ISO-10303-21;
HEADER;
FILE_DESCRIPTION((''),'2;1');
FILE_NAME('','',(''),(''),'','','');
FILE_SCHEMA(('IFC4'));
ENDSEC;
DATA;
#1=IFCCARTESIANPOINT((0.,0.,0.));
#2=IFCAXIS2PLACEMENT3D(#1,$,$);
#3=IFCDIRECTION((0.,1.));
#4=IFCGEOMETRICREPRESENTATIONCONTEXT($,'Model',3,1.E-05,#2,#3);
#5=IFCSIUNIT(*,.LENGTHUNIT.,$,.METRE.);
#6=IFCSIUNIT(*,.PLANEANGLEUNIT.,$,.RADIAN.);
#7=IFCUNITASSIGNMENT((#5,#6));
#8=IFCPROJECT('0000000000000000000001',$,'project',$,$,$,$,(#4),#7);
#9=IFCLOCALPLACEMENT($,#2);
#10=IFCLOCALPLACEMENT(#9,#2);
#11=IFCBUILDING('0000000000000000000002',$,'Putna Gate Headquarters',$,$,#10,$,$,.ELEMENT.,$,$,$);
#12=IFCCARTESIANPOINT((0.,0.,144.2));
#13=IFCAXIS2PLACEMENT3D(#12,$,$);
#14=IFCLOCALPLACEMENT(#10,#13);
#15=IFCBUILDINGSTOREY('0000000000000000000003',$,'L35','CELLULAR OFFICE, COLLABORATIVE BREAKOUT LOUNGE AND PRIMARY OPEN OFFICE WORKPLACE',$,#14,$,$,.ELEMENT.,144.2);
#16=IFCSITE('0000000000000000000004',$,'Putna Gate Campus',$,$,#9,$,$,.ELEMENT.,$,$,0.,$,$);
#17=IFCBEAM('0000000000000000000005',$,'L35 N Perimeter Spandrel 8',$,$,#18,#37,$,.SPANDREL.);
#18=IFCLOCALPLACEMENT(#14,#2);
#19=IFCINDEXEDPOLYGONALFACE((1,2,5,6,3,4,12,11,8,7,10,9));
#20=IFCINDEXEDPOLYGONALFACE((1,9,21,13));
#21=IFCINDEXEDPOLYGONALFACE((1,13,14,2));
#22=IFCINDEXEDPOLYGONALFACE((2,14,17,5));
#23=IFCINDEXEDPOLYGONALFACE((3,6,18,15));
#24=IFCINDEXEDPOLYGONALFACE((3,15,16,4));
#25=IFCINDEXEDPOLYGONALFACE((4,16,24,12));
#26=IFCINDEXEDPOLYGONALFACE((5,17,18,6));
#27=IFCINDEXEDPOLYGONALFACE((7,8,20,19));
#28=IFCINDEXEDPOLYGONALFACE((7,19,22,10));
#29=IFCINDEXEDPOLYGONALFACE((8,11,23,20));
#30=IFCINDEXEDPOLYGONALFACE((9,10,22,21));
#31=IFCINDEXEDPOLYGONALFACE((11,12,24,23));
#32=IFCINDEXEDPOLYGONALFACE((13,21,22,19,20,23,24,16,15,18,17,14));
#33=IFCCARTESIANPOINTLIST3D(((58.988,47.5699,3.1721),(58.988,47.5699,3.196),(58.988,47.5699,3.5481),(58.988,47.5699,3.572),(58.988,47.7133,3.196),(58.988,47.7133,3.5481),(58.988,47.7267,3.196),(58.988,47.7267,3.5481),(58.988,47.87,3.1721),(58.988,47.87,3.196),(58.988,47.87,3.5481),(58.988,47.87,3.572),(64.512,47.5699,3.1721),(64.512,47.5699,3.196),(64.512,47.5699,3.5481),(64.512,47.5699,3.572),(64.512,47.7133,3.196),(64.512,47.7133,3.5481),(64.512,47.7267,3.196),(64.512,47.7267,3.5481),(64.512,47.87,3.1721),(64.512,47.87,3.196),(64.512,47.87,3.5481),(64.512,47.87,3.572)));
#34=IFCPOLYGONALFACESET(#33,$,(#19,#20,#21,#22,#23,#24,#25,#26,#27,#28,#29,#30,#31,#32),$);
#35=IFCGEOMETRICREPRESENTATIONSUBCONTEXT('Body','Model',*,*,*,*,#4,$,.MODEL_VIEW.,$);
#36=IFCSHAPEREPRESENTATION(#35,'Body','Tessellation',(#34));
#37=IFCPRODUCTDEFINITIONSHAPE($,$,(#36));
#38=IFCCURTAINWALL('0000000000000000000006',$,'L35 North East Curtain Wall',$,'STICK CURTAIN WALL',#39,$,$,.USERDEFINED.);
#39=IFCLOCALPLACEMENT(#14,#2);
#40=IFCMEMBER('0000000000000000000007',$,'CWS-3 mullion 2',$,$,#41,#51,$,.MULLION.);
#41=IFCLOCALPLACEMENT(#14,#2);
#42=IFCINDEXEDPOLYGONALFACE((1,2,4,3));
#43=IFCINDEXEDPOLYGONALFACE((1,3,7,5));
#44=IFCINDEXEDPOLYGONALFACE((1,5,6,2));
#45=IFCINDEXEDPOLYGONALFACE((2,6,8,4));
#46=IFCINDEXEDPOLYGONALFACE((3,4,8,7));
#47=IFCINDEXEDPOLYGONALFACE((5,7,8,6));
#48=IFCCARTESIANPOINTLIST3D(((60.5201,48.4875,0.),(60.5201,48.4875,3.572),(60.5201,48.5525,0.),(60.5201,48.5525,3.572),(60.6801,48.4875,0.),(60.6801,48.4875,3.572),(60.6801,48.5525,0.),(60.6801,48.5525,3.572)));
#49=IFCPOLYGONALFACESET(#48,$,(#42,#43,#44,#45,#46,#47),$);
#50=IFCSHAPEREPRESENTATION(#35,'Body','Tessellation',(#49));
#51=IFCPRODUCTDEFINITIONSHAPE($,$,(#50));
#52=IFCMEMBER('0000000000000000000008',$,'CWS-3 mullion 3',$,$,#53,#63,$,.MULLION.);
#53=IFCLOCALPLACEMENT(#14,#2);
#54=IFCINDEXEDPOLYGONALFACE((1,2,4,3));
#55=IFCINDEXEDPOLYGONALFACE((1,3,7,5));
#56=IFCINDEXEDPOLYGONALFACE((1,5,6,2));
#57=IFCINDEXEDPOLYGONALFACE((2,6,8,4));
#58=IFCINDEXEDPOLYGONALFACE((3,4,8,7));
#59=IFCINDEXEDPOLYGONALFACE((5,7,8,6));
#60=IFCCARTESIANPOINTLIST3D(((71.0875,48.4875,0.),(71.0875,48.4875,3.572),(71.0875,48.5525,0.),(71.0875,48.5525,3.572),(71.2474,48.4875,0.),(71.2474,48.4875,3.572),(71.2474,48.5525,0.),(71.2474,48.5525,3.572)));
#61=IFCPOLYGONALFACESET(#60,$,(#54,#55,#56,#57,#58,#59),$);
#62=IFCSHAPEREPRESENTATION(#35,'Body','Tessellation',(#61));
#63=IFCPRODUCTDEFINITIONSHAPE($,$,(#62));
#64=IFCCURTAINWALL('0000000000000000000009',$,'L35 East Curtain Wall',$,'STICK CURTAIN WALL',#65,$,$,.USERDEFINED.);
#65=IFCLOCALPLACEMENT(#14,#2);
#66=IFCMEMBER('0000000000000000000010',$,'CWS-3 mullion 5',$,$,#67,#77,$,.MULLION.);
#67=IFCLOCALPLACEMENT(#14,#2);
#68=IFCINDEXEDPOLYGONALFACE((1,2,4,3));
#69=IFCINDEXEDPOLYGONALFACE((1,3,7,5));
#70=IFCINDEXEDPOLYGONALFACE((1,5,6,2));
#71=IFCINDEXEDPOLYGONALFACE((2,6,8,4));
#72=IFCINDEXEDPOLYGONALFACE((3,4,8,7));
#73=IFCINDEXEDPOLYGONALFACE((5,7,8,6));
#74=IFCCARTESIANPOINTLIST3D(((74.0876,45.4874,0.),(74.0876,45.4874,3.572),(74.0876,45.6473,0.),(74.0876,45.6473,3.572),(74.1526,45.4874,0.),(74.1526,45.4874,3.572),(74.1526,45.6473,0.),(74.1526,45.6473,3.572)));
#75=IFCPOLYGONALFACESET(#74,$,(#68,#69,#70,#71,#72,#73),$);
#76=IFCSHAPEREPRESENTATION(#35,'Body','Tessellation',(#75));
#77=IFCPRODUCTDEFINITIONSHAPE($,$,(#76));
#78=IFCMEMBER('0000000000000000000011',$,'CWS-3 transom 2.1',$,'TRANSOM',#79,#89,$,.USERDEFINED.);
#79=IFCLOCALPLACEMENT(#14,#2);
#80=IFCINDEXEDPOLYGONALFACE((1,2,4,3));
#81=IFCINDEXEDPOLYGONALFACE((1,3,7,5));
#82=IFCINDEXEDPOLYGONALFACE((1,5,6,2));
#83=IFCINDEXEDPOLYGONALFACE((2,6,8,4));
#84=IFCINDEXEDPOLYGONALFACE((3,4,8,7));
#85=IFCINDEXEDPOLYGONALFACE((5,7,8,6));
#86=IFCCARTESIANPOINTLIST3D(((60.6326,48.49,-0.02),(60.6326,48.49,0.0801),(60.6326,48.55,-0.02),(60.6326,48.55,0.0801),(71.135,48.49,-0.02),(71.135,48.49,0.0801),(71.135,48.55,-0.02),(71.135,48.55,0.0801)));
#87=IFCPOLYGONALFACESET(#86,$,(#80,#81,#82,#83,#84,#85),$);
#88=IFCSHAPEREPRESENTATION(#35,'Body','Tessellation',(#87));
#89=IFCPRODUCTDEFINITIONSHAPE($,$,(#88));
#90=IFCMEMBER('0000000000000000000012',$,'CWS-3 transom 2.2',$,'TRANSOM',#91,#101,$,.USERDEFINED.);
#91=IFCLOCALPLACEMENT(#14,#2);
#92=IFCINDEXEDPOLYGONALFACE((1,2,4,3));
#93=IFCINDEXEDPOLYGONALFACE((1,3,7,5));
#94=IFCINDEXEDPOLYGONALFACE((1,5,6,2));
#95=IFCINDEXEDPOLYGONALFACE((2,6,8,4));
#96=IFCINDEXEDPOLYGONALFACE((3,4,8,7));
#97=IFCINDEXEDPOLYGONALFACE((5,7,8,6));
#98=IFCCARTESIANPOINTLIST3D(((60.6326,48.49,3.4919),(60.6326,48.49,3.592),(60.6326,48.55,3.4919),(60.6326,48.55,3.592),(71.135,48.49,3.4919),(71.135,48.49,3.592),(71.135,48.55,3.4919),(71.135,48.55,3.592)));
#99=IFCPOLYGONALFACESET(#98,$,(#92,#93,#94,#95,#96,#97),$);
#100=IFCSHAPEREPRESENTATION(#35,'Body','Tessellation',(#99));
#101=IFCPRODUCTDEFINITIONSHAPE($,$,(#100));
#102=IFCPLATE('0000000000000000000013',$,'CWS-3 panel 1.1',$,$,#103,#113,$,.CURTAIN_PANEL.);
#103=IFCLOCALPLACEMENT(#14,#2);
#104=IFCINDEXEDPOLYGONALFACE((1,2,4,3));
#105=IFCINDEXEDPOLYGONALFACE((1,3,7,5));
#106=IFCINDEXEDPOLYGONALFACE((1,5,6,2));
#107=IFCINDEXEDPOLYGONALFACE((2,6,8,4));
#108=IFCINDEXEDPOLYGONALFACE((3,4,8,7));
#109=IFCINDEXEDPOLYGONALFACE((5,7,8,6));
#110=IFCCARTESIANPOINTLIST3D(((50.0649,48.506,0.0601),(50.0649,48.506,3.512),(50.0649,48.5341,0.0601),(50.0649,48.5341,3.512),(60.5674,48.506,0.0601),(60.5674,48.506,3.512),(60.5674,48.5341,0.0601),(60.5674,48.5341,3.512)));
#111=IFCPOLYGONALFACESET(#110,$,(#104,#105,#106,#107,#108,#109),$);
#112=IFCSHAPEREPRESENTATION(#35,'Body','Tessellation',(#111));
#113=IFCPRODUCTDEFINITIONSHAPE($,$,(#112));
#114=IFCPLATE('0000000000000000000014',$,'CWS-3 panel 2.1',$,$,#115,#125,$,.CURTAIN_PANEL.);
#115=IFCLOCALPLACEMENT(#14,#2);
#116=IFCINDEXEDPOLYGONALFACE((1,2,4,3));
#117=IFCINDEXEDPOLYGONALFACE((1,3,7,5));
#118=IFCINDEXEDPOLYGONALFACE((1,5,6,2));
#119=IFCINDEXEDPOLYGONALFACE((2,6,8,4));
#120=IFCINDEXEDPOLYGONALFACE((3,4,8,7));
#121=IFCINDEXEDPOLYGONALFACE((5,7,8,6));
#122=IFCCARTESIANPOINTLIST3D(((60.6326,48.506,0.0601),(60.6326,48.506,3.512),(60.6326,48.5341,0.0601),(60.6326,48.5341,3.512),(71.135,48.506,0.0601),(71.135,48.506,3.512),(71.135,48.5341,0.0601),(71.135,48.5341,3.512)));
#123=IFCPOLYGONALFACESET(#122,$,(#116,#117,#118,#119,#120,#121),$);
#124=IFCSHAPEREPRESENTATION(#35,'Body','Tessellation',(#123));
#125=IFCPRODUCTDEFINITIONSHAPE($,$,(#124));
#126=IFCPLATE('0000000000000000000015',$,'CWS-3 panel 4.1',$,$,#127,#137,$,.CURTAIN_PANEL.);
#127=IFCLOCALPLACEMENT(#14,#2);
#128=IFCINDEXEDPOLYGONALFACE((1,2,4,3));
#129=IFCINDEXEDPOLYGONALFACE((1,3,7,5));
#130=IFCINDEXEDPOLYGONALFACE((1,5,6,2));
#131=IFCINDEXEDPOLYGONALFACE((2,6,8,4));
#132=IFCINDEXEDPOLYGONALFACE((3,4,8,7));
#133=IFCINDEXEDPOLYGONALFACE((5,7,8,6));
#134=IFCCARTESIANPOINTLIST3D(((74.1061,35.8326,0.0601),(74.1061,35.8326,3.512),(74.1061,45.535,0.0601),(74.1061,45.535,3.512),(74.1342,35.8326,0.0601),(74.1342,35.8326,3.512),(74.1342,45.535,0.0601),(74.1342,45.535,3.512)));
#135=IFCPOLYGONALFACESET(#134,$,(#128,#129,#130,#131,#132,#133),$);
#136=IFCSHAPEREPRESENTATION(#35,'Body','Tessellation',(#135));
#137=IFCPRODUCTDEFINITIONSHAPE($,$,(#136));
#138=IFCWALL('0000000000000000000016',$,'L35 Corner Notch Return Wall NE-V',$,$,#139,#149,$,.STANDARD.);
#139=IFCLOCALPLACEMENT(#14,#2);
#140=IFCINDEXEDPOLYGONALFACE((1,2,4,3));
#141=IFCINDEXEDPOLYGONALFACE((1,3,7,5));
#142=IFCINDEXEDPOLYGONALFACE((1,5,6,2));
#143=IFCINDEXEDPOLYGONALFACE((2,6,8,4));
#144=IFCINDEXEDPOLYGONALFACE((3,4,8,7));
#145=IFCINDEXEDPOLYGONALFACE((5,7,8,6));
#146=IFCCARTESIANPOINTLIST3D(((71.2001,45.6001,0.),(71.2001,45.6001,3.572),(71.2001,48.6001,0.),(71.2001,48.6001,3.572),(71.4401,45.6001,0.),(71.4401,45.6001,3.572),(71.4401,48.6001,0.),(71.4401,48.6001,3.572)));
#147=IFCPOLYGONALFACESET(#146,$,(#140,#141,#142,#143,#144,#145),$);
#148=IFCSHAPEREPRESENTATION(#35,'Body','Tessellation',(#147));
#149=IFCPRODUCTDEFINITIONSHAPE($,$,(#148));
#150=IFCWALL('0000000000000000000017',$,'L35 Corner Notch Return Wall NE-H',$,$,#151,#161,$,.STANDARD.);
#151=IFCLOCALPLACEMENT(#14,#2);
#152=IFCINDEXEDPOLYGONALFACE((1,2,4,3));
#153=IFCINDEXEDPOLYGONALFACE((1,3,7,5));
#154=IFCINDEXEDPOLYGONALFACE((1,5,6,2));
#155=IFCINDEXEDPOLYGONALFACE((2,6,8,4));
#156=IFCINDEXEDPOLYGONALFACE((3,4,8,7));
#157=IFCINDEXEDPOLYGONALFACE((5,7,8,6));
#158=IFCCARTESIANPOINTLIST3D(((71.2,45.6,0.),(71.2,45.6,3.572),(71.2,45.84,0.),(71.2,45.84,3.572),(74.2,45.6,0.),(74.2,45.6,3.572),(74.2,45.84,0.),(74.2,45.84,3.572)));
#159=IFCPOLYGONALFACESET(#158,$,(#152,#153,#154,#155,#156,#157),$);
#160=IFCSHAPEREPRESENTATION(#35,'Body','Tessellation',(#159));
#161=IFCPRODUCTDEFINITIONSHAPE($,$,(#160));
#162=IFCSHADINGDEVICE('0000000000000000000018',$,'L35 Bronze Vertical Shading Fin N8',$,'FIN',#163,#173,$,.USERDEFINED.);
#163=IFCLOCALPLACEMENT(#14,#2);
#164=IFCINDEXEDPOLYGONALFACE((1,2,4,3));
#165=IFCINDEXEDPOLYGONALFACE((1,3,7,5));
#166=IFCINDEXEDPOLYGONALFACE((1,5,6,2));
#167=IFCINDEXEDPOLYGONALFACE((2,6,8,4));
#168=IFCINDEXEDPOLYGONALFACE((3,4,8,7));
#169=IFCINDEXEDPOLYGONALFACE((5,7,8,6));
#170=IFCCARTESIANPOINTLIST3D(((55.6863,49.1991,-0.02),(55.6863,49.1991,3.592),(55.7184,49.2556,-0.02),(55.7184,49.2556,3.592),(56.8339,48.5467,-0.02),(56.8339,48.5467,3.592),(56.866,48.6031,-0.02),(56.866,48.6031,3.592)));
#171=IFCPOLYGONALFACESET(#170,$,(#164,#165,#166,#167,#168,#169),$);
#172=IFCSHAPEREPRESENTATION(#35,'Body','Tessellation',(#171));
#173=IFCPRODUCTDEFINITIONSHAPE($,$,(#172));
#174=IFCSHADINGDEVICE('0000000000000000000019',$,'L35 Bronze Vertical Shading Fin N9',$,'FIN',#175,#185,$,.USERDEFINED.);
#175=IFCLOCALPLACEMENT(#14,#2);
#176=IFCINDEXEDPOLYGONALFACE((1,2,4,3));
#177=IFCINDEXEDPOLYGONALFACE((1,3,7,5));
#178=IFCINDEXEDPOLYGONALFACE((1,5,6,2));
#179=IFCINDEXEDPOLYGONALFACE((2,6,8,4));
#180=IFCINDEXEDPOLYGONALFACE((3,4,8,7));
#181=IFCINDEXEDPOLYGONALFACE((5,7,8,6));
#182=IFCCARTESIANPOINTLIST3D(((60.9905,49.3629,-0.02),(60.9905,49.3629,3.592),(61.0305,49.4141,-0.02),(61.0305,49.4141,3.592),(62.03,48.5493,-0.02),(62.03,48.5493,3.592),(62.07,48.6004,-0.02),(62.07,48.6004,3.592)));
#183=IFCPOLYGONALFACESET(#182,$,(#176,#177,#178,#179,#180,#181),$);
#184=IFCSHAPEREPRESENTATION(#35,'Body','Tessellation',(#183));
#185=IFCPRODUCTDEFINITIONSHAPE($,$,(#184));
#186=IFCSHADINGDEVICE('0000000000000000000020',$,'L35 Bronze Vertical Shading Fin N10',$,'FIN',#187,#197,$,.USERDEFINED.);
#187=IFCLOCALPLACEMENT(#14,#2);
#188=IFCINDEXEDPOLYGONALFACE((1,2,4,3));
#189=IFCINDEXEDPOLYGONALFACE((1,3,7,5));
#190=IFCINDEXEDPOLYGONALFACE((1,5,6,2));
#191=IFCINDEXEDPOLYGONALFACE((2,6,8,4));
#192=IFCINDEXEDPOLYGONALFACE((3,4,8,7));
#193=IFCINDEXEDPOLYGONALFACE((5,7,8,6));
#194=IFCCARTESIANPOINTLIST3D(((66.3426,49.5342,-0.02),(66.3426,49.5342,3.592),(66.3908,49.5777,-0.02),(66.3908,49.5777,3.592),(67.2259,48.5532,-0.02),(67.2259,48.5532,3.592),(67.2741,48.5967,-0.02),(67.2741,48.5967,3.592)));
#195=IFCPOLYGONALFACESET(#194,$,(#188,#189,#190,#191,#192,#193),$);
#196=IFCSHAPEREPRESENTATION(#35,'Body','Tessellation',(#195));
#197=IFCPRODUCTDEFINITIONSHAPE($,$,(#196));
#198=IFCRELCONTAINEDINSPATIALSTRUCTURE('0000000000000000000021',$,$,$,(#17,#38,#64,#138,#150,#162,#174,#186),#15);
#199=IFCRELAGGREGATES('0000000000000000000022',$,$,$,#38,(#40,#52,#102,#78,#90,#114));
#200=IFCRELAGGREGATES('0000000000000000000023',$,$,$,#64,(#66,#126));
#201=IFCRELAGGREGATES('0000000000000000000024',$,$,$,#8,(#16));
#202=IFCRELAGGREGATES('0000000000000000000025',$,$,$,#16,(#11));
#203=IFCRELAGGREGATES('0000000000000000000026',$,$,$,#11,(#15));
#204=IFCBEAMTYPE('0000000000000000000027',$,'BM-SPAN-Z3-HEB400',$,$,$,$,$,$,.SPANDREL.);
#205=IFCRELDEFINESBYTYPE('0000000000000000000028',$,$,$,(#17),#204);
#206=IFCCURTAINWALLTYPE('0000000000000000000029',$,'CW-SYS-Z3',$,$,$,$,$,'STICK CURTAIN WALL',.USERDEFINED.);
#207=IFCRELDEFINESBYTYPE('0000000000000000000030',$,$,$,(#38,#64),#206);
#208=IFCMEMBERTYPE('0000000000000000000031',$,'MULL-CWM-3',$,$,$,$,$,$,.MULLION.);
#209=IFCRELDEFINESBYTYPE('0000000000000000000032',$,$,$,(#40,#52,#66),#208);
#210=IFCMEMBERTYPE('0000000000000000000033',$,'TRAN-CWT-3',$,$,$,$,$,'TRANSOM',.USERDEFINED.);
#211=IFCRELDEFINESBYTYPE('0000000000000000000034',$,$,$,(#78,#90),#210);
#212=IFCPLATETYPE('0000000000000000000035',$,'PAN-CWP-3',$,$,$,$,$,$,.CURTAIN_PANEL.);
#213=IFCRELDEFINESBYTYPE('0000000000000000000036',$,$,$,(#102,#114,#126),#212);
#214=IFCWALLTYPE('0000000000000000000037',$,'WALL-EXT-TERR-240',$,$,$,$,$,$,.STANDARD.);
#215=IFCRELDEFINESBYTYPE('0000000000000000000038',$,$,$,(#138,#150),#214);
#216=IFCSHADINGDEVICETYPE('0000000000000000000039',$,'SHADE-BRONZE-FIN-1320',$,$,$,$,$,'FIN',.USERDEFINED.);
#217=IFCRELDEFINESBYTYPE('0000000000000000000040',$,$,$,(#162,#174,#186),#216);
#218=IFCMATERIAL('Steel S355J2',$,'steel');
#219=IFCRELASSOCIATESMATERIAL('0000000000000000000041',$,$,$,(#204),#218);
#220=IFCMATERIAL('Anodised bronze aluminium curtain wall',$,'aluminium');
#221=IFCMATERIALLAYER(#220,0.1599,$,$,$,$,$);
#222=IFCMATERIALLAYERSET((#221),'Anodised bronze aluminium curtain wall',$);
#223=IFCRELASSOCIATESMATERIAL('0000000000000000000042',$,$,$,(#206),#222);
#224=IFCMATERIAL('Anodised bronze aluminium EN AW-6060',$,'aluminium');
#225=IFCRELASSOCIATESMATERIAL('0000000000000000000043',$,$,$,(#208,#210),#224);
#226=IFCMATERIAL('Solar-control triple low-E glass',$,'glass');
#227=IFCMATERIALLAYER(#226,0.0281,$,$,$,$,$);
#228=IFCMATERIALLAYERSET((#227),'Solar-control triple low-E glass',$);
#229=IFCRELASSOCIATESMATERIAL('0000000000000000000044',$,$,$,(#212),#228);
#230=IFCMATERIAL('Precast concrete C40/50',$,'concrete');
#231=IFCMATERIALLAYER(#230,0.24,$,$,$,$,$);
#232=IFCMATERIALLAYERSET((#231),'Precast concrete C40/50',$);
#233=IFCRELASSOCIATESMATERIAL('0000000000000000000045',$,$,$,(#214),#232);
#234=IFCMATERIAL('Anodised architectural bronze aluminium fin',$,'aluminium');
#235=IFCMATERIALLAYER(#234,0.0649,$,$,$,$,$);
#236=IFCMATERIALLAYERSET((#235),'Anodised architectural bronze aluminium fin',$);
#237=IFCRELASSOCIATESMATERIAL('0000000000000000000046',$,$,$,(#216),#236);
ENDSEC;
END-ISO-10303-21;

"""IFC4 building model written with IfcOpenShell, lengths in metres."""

from ifc_helpers import new_model, si_unit, direction, frame, frame_2d, origin, origin_2d, place, context, subcontext, project, spatial, rectangle, i_section, extrude, material, layer, layer_set, material_profile, profile_set, type_object, element, aggregate, save


model = new_model("IFC4")

# Units and contexts
model_context = context("Model", 3, precision=1e-05, world=origin(), true_north=direction((0.0, 1.0)))
body_context = subcontext(model_context, "Body", "Model", "MODEL_VIEW")
ifc_project = project(units=[si_unit("LENGTHUNIT", "METRE"), si_unit("PLANEANGLEUNIT", "RADIAN")], contexts=[model_context])

# Site, building, storey
site_placement = place(None, origin())
site = spatial("IfcSite", under=ifc_project, at=site_placement, Name="Putna Gate Campus", CompositionType="ELEMENT", RefElevation=0.0)
building_placement = place(site_placement, origin())
building = spatial("IfcBuilding", under=site, at=building_placement, Name="Putna Gate Headquarters", CompositionType="ELEMENT")
storey_placement = place(building_placement, frame((0.0, 0.0, 144.2)))
storey = spatial("IfcBuildingStorey", under=building, at=storey_placement, Name="L35", Description="CELLULAR OFFICE, COLLABORATIVE BREAKOUT LOUNGE AND PRIMARY OPEN OFFICE WORKPLACE", CompositionType="ELEMENT", Elevation=144.2)

# Beam
ifc_material_1 = material(Name="Steel S355J2", Category="steel")
ifc_material_profile_1 = material_profile(ifc_material_1, i_section(OverallWidth=0.3, OverallDepth=0.3999, WebThickness=0.0134, FlangeThickness=0.0239, at=origin_2d()), Name="Steel S355J2")
ifc_profile_set_1 = profile_set([ifc_material_profile_1], Name="Steel S355J2")
beam_type_1 = type_object("IfcBeamType", Name="BM-SPAN-Z3-HEB400", PredefinedType="SPANDREL", material=ifc_profile_set_1)
for number, where, z_axis, x_axis, name in (
    (1, (58.988, 47.72, 3.3721), (1.0, 0.0, 0.0), (0.0, 1.0, 0.0), "L35 N Perimeter Spandrel 8"),
):
    element("IfcBeam", number, at=place(storey_placement, frame(where, z_axis=z_axis, x_axis=x_axis)), inside=storey, type_object=beam_type_1, Name=name, PredefinedType="SPANDREL", context=body_context, shape_type="SweptSolid", body=[
        extrude(i_section(OverallWidth=0.3, OverallDepth=0.3999, WebThickness=0.0134, FlangeThickness=0.0239, at=origin_2d()), origin(), (0.0, 0.0, 1.0), 5.5239),
    ])

# Curtain wall, members
ifc_material_2 = material(Name="Anodised bronze aluminium curtain wall", Category="aluminium")
ifc_layer_1 = layer(ifc_material_2, 0.1599)
ifc_layer_set_1 = layer_set([ifc_layer_1], Name="Anodised bronze aluminium curtain wall")
curtain_wall_type = type_object("IfcCurtainWallType", Name="CW-SYS-Z3", ElementType="STICK CURTAIN WALL", PredefinedType="USERDEFINED", material=ifc_layer_set_1)
curtain_wall_1_placement = place(storey_placement, origin())
curtain_wall_1 = element("IfcCurtainWall", 2, at=curtain_wall_1_placement, inside=storey, type_object=curtain_wall_type, Name="L35 North East Curtain Wall", ObjectType="STICK CURTAIN WALL", PredefinedType="USERDEFINED")
ifc_material_3 = material(Name="Anodised bronze aluminium EN AW-6060", Category="aluminium")
ifc_material_profile_2 = material_profile(ifc_material_3, rectangle(XDim=0.0649, YDim=0.1599, at=origin_2d()), Name="Anodised bronze aluminium EN AW-6060")
ifc_profile_set_2 = profile_set([ifc_material_profile_2], Name="Anodised bronze aluminium EN AW-6060")
member_type_1 = type_object("IfcMemberType", Name="MULL-CWM-3", PredefinedType="MULLION", material=ifc_profile_set_2)
member_1_placement = place(storey_placement, frame((60.6001, 48.52, 0.0), z_axis=(0.0, 0.0, 1.0), x_axis=(0.0, 1.0, 0.0)))
member_1 = element("IfcMember", 3, at=member_1_placement, type_object=member_type_1, Name="CWS-3 mullion 2", PredefinedType="MULLION", context=body_context, shape_type="SweptSolid", body=[
    extrude(rectangle(XDim=0.0649, YDim=0.1599, at=origin_2d()), origin(), (0.0, 0.0, 1.0), 3.572),
])
member_2_placement = place(storey_placement, frame((71.1675, 48.52, 0.0), z_axis=(0.0, 0.0, 1.0), x_axis=(0.0, 1.0, 0.0)))
member_2 = element("IfcMember", 4, at=member_2_placement, type_object=member_type_1, Name="CWS-3 mullion 3", PredefinedType="MULLION", context=body_context, shape_type="SweptSolid", body=[
    extrude(rectangle(XDim=0.0649, YDim=0.1599, at=origin_2d()), origin(), (0.0, 0.0, 1.0), 3.572),
])

# Curtain wall, member
curtain_wall_2_placement = place(storey_placement, origin())
curtain_wall_2 = element("IfcCurtainWall", 5, at=curtain_wall_2_placement, inside=storey, type_object=curtain_wall_type, Name="L35 East Curtain Wall", ObjectType="STICK CURTAIN WALL", PredefinedType="USERDEFINED")
member_3_placement = place(storey_placement, frame((74.1201, 45.5674, 0.0), z_axis=(0.0, 0.0, 1.0), x_axis=(-1.0, 0.0, 0.0)))
member_3 = element("IfcMember", 6, at=member_3_placement, type_object=member_type_1, Name="CWS-3 mullion 5", PredefinedType="MULLION", context=body_context, shape_type="SweptSolid", body=[
    extrude(rectangle(XDim=0.0649, YDim=0.1599, at=origin_2d()), origin(), (0.0, 0.0, 1.0), 3.572),
])

# Members
ifc_material_profile_3 = material_profile(ifc_material_3, rectangle(XDim=0.0601, YDim=0.1001, at=origin_2d()), Name="Anodised bronze aluminium EN AW-6060")
ifc_profile_set_3 = profile_set([ifc_material_profile_3], Name="Anodised bronze aluminium EN AW-6060")
member_type_2 = type_object("IfcMemberType", Name="TRAN-CWT-3", ElementType="TRANSOM", PredefinedType="USERDEFINED", material=ifc_profile_set_3)
member_4_placement = place(storey_placement, frame((60.6326, 48.52, 0.03), z_axis=(1.0, 0.0, 0.0), x_axis=(0.0, 1.0, 0.0)))
member_4 = element("IfcMember", 7, at=member_4_placement, type_object=member_type_2, Name="CWS-3 transom 2.1", ObjectType="TRANSOM", PredefinedType="USERDEFINED", context=body_context, shape_type="SweptSolid", body=[
    extrude(rectangle(XDim=0.0601, YDim=0.1001, at=origin_2d()), origin(), (0.0, 0.0, 1.0), 10.5024),
])
member_5_placement = place(storey_placement, frame((60.6326, 48.52, 3.542), z_axis=(1.0, 0.0, 0.0), x_axis=(0.0, 1.0, 0.0)))
member_5 = element("IfcMember", 8, at=member_5_placement, type_object=member_type_2, Name="CWS-3 transom 2.2", ObjectType="TRANSOM", PredefinedType="USERDEFINED", context=body_context, shape_type="SweptSolid", body=[
    extrude(rectangle(XDim=0.0601, YDim=0.1001, at=origin_2d()), origin(), (0.0, 0.0, 1.0), 10.5024),
])

# Plates
ifc_material_4 = material(Name="Solar-control triple low-E glass", Category="glass")
ifc_layer_2 = layer(ifc_material_4, 0.0281)
ifc_layer_set_2 = layer_set([ifc_layer_2], Name="Solar-control triple low-E glass")
plate_type = type_object("IfcPlateType", Name="PAN-CWP-3", PredefinedType="CURTAIN_PANEL", material=ifc_layer_set_2)
plate_1_placement = place(storey_placement, frame((55.3162, 48.52, 0.0601), z_axis=(0.0, 0.0, 1.0), x_axis=(1.0, 0.0, 0.0)))
plate_1 = element("IfcPlate", 9, at=plate_1_placement, type_object=plate_type, Name="CWS-3 panel 1.1", PredefinedType="CURTAIN_PANEL", context=body_context, shape_type="SweptSolid", body=[
    extrude(rectangle(XDim=10.5024, YDim=0.0281, at=origin_2d()), origin(), (0.0, 0.0, 1.0), 3.4519),
])
plate_2_placement = place(storey_placement, frame((65.8838, 48.52, 0.0601), z_axis=(0.0, 0.0, 1.0), x_axis=(1.0, 0.0, 0.0)))
plate_2 = element("IfcPlate", 10, at=plate_2_placement, type_object=plate_type, Name="CWS-3 panel 2.1", PredefinedType="CURTAIN_PANEL", context=body_context, shape_type="SweptSolid", body=[
    extrude(rectangle(XDim=10.5024, YDim=0.0281, at=origin_2d()), origin(), (0.0, 0.0, 1.0), 3.4519),
])
aggregate(curtain_wall_1, [member_1, member_2, plate_1, member_4, member_5, plate_2])
plate_3_placement = place(storey_placement, frame((74.1201, 40.6838, 0.0601), z_axis=(0.0, 0.0, 1.0), x_axis=(0.0, 1.0, 0.0)))
plate_3 = element("IfcPlate", 11, at=plate_3_placement, type_object=plate_type, Name="CWS-3 panel 4.1", PredefinedType="CURTAIN_PANEL", context=body_context, shape_type="SweptSolid", body=[
    extrude(rectangle(XDim=9.7024, YDim=0.0281, at=origin_2d()), origin(), (0.0, 0.0, 1.0), 3.4519),
])
aggregate(curtain_wall_2, [member_3, plate_3])

# Walls
ifc_material_5 = material(Name="Precast concrete C40/50", Category="concrete")
ifc_layer_3 = layer(ifc_material_5, 0.24)
ifc_layer_set_3 = layer_set([ifc_layer_3], Name="Precast concrete C40/50")
wall_type = type_object("IfcWallType", Name="WALL-EXT-TERR-240", PredefinedType="STANDARD", material=ifc_layer_set_3)
for number, where, z_axis, x_axis, name in (
    (12, (71.3201, 48.6001, 0.0), (0.0, 0.0, 1.0), (0.0, -1.0, 0.0), "L35 Corner Notch Return Wall NE-V"),
    (13, (71.2, 45.72, 0.0), (0.0, 0.0, 1.0), (1.0, 0.0, 0.0), "L35 Corner Notch Return Wall NE-H"),
):
    element("IfcWall", number, at=place(storey_placement, frame(where, z_axis=z_axis, x_axis=x_axis)), inside=storey, type_object=wall_type, Name=name, PredefinedType="STANDARD", context=body_context, shape_type="SweptSolid", body=[
        extrude(rectangle(XDim=3.0, YDim=0.24, at=frame_2d((1.5, 0.0))), origin(), (0.0, 0.0, 1.0), 3.572),
    ])

# Shading devices
ifc_material_6 = material(Name="Anodised architectural bronze aluminium fin", Category="aluminium")
ifc_layer_4 = layer(ifc_material_6, 0.0649)
ifc_layer_set_4 = layer_set([ifc_layer_4], Name="Anodised architectural bronze aluminium fin")
shading_device_type = type_object("IfcShadingDeviceType", Name="SHADE-BRONZE-FIN-1320", ElementType="FIN", PredefinedType="USERDEFINED", material=ifc_layer_set_4)
for number, where, z_axis, x_axis, name in (
    (14, (56.2761, 48.9011, -0.02), (0.0, 0.0, 1.0), (-0.869322, 0.494245, 0.0), "L35 Bronze Vertical Shading Fin N8"),
    (15, (61.5303, 48.9817, -0.02), (0.0, 0.0, 1.0), (-0.787473, 0.616349, 0.0), "L35 Bronze Vertical Shading Fin N9"),
    (16, (66.8083, 49.0654, -0.02), (0.0, 0.0, 1.0), (-0.669131, 0.743145, 0.0), "L35 Bronze Vertical Shading Fin N10"),
):
    element("IfcShadingDevice", number, at=place(storey_placement, frame(where, z_axis=z_axis, x_axis=x_axis)), inside=storey, type_object=shading_device_type, Name=name, ObjectType="FIN", PredefinedType="USERDEFINED", context=body_context, shape_type="SweptSolid", body=[
        extrude(rectangle(XDim=1.3201, YDim=0.0649, at=origin_2d()), origin(), (0.0, 0.0, 1.0), 3.6121),
    ])

save(model, "model.ifc")
